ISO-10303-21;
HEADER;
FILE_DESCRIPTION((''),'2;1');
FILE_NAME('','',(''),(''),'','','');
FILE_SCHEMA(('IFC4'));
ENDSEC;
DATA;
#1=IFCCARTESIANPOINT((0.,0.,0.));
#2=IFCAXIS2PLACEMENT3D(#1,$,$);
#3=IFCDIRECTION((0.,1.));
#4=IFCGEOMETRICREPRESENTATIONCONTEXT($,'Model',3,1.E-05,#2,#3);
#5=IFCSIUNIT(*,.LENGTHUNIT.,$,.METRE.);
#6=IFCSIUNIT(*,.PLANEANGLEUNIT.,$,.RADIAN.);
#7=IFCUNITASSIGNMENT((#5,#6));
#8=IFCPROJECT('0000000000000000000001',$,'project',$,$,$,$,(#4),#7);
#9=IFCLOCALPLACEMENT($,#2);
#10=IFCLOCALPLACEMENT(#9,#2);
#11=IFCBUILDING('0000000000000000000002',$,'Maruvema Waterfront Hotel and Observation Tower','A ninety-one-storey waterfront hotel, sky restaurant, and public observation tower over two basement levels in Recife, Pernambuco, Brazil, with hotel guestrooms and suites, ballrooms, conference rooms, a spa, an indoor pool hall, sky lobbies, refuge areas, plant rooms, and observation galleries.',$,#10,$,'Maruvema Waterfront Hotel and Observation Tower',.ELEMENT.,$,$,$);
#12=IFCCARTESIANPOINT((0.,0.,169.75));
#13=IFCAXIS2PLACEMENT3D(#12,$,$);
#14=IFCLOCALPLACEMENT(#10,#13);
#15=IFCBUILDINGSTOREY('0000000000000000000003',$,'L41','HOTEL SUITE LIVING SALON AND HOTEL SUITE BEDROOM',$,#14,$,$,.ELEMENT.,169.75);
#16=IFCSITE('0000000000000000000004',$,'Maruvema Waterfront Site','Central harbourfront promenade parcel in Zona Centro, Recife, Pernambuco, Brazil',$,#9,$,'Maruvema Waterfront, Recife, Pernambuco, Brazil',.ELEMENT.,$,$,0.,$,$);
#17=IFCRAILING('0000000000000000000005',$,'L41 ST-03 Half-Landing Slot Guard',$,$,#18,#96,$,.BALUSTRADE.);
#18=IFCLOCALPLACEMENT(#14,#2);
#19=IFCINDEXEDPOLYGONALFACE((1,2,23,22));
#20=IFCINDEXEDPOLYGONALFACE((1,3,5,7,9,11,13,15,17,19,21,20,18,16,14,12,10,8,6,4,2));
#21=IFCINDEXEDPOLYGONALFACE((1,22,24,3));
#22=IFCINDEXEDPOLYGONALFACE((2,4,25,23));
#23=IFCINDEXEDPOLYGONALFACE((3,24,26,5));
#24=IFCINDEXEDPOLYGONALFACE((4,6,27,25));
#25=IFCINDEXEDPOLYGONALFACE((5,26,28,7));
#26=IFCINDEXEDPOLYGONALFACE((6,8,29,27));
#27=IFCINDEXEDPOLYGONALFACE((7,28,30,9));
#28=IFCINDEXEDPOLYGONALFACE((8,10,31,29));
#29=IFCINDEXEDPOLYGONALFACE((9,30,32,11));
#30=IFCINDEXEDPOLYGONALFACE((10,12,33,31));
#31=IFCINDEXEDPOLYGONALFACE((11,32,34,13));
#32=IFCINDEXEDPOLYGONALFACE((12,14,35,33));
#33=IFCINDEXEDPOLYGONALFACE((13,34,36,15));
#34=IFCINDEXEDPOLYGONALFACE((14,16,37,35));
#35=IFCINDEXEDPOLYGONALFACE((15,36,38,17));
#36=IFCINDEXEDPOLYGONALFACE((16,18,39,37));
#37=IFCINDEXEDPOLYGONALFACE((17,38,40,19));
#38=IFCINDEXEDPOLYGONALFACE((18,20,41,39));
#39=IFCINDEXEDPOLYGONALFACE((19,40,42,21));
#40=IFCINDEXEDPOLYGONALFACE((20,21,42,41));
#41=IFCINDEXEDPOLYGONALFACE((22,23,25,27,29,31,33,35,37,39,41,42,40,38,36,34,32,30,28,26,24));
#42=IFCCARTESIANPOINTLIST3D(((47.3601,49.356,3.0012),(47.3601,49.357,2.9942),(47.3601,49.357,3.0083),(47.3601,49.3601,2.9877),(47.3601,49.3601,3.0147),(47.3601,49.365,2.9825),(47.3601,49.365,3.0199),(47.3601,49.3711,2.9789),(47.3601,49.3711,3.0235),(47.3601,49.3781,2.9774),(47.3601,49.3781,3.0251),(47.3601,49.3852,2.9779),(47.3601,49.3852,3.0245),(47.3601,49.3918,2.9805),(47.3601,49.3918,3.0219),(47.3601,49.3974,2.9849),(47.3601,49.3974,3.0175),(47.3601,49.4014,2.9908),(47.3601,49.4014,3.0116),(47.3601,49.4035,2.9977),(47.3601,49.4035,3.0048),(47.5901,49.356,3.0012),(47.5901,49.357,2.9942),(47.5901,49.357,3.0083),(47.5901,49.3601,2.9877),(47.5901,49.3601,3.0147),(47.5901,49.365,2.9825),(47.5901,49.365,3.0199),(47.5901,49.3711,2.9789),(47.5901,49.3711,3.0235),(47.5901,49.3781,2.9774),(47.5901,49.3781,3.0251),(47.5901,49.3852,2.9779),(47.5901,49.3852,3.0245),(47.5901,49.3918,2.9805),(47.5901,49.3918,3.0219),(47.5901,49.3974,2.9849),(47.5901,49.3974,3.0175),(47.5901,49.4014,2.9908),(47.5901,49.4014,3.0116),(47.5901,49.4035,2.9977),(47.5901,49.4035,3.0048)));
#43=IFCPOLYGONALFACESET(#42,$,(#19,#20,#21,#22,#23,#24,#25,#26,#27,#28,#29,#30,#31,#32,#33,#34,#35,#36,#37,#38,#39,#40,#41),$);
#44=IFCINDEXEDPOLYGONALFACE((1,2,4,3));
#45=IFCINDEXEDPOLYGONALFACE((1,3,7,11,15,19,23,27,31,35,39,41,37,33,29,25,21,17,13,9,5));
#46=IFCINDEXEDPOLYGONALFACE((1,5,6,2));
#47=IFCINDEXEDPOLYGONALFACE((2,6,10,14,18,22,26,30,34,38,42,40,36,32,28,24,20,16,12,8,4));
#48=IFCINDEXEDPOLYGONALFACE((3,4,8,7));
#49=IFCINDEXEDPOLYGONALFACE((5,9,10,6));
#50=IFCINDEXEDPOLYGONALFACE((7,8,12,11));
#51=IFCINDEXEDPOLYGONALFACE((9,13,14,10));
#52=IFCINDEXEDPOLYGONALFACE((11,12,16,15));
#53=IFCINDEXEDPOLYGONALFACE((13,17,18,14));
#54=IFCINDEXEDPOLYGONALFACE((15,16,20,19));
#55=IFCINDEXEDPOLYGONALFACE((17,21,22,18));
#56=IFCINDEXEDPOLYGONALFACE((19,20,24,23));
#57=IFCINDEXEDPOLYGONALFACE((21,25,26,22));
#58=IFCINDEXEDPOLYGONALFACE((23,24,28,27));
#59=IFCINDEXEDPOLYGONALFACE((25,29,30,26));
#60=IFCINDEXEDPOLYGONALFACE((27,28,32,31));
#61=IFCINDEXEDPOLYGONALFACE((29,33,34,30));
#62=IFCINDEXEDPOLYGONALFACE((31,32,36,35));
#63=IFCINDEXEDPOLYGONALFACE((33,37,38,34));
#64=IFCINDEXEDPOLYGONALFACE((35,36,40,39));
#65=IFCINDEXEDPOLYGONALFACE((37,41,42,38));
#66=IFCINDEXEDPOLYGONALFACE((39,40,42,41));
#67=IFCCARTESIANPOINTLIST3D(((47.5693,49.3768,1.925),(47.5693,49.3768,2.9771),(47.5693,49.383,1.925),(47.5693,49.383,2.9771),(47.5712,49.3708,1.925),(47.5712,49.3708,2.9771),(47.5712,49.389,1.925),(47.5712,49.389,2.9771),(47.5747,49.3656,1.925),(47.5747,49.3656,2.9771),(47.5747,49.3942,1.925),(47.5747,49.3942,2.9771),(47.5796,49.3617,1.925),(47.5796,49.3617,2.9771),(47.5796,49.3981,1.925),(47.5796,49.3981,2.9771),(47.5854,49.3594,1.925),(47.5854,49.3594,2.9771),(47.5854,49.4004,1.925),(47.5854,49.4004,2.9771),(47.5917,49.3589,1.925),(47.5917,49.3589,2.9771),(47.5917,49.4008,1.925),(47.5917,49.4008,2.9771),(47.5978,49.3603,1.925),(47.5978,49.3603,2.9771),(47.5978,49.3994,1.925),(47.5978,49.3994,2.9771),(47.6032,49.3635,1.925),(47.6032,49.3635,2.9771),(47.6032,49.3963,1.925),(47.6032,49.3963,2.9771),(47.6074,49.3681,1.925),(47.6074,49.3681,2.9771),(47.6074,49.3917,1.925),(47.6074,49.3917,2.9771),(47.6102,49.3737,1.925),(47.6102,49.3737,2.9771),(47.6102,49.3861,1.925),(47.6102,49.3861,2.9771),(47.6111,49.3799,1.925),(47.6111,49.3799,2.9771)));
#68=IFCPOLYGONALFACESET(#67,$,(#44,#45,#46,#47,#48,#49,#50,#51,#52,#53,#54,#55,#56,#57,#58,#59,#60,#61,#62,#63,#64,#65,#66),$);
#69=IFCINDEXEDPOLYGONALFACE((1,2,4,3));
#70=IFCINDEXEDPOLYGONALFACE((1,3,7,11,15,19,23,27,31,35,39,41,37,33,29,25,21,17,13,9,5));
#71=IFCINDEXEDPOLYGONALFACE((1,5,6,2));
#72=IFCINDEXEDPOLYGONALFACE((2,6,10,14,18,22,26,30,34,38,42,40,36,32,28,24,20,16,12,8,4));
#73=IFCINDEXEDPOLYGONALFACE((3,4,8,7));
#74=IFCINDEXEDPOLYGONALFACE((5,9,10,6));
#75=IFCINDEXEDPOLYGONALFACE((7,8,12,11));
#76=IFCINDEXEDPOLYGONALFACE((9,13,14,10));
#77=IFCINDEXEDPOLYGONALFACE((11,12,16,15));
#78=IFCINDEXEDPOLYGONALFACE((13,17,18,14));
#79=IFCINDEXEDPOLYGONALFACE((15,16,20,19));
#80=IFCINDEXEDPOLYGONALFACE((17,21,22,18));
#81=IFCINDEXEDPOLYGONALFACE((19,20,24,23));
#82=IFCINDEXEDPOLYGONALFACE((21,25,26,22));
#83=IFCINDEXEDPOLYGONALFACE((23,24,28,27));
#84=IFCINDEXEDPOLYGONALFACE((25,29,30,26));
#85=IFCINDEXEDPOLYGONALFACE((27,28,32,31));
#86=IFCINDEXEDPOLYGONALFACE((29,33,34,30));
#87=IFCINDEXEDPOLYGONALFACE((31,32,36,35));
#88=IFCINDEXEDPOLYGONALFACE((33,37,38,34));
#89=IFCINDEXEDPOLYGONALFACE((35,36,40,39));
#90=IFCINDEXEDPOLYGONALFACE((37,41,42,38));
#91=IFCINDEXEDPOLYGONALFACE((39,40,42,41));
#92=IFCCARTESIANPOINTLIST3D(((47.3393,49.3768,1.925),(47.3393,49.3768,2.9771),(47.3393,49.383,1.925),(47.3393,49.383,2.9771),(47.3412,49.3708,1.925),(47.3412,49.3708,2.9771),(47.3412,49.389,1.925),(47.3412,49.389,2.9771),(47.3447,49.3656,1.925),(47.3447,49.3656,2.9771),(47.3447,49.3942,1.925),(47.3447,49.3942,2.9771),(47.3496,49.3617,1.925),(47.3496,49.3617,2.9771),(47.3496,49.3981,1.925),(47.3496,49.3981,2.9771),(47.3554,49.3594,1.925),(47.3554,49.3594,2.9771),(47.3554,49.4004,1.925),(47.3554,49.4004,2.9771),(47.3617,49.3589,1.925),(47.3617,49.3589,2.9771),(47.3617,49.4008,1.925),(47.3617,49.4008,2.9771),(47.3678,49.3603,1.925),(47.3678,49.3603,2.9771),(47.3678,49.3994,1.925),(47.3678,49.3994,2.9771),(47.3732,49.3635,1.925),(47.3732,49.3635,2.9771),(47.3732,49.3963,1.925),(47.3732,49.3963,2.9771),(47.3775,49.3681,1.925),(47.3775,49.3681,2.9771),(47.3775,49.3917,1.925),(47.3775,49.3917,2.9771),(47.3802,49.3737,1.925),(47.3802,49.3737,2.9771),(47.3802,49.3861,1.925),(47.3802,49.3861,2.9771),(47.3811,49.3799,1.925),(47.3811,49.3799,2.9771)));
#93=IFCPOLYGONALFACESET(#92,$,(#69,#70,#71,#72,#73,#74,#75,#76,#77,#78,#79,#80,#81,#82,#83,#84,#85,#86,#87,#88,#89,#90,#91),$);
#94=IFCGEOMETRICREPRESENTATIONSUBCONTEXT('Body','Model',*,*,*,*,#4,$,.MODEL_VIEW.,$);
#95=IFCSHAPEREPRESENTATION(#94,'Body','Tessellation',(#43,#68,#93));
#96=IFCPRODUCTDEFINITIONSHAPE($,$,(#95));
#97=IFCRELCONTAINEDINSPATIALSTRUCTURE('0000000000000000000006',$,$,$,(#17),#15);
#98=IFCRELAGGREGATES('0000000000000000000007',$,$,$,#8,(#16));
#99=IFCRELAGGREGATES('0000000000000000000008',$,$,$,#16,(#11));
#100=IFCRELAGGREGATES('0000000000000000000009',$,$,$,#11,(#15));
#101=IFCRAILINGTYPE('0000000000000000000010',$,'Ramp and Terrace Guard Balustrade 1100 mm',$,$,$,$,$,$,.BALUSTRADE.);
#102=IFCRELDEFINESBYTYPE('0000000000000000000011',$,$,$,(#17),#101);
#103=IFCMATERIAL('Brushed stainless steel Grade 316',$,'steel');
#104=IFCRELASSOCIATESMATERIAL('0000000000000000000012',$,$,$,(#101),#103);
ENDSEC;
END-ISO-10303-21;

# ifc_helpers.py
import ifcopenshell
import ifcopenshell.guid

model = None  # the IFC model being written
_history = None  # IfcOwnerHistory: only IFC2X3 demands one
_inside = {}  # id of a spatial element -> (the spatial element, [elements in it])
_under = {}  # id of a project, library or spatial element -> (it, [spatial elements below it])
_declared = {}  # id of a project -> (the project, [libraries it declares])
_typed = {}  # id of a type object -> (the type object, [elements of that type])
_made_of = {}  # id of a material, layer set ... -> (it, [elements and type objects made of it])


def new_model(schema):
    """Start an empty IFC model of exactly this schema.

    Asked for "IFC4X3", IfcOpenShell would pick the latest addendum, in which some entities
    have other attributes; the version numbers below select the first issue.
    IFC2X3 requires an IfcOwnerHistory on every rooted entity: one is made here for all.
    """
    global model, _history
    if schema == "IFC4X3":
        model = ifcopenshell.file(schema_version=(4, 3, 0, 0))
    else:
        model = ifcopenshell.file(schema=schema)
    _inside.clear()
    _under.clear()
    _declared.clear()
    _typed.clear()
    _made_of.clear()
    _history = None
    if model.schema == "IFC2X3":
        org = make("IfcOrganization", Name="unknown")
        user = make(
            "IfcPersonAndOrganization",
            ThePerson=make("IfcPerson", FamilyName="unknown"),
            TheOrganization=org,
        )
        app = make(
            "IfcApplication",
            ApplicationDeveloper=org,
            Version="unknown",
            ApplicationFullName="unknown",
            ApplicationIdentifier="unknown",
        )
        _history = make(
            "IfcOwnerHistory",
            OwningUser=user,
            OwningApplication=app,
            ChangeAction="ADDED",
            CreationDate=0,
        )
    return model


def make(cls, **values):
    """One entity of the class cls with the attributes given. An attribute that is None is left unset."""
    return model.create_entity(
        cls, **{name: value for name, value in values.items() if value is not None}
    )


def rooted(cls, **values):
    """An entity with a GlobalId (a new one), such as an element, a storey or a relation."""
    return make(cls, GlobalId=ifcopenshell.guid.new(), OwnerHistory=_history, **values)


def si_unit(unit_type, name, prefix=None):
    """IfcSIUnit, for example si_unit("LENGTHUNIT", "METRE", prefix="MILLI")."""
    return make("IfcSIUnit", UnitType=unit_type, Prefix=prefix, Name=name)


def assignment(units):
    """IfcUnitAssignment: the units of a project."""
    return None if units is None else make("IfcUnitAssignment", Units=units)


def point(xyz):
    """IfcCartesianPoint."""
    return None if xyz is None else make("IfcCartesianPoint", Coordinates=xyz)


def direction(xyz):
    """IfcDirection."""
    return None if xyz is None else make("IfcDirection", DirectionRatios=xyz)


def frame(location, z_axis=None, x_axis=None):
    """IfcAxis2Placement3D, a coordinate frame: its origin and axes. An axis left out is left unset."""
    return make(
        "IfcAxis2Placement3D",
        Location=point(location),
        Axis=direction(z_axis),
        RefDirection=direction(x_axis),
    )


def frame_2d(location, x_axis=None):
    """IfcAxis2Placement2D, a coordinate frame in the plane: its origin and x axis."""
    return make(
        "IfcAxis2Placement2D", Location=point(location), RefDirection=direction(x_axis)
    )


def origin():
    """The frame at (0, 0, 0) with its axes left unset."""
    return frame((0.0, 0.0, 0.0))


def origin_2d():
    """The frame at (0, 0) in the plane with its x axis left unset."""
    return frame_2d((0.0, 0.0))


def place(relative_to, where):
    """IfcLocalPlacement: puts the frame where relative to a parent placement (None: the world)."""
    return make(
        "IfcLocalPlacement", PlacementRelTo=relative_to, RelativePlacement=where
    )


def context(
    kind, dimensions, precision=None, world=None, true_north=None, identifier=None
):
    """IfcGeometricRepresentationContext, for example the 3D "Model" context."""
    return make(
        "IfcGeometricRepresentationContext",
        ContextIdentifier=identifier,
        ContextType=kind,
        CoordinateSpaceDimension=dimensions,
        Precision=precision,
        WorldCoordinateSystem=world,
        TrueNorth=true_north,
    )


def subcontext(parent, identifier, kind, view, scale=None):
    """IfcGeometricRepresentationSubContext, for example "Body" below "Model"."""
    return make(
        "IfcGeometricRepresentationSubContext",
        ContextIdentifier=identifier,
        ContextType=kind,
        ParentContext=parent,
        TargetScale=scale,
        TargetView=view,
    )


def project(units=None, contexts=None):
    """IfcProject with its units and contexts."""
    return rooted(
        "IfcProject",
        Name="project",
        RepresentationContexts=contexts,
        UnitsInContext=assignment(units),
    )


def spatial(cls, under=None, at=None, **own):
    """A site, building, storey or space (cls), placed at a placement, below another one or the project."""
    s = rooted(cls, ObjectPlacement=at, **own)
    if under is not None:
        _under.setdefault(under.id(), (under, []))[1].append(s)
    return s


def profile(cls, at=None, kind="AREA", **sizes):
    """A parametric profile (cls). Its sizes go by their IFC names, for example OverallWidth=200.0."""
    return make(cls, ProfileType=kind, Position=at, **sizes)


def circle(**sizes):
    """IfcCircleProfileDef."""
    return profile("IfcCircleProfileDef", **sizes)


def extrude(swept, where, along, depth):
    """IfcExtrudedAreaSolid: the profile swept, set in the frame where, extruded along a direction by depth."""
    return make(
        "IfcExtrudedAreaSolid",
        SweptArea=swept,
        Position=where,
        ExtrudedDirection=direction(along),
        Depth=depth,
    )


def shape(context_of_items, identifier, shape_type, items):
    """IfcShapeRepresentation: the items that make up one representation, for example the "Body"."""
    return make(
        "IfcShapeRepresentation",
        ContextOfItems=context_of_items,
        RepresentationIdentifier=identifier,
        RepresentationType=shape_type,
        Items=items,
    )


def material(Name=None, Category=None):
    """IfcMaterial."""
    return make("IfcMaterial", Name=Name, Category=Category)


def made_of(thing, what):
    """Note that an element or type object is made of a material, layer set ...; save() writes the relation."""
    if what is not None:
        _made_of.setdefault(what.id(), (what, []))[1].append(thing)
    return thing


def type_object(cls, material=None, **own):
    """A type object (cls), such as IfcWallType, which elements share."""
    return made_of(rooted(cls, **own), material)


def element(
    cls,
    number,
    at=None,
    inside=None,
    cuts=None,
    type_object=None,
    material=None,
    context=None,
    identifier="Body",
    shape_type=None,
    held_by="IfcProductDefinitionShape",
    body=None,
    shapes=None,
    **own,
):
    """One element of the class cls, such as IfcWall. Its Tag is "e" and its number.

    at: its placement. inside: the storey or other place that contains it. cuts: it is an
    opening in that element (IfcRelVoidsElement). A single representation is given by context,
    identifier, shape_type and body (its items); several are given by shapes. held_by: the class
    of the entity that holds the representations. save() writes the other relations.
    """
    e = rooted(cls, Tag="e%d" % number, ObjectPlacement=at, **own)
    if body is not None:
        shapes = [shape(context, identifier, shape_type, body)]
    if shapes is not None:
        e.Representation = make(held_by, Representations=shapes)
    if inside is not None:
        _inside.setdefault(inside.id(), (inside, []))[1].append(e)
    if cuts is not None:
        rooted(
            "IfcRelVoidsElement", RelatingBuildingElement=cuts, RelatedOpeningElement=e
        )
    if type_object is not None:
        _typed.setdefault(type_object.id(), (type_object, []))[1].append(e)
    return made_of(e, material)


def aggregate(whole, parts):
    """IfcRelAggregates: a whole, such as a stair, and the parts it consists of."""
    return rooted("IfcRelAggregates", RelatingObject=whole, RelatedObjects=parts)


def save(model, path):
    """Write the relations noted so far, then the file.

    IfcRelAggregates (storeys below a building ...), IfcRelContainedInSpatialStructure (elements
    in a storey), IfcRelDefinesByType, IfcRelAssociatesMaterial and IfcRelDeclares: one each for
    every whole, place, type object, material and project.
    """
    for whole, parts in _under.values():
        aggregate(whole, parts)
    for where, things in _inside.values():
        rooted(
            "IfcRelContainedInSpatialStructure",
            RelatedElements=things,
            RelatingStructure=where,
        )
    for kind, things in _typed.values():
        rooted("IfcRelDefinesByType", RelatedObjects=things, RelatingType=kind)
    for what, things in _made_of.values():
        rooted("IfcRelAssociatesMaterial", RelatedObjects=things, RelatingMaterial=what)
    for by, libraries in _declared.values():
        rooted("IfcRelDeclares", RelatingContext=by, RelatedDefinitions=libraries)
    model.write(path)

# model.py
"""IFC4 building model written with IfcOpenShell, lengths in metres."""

from ifc_helpers import new_model, si_unit, direction, frame, origin, origin_2d, place, context, subcontext, project, spatial, circle, extrude, material, type_object, element, save


model = new_model("IFC4")

# Units and contexts
model_context = context("Model", 3, precision=1e-05, world=origin(), true_north=direction((0.0, 1.0)))
body_context = subcontext(model_context, "Body", "Model", "MODEL_VIEW")
ifc_project = project(units=[si_unit("LENGTHUNIT", "METRE"), si_unit("PLANEANGLEUNIT", "RADIAN")], contexts=[model_context])

# Site, building, storey
site_placement = place(None, origin())
site = spatial("IfcSite", under=ifc_project, at=site_placement, Name="Maruvema Waterfront Site", Description="Central harbourfront promenade parcel in Zona Centro, Recife, Pernambuco, Brazil", LongName="Maruvema Waterfront, Recife, Pernambuco, Brazil", CompositionType="ELEMENT", RefElevation=0.0)
building_placement = place(site_placement, origin())
building = spatial("IfcBuilding", under=site, at=building_placement, Name="Maruvema Waterfront Hotel and Observation Tower", Description="A ninety-one-storey waterfront hotel, sky restaurant, and public observation tower over two basement levels in Recife, Pernambuco, Brazil, with hotel guestrooms and suites, ballrooms, conference rooms, a spa, an indoor pool hall, sky lobbies, refuge areas, plant rooms, and observation galleries.", LongName="Maruvema Waterfront Hotel and Observation Tower", CompositionType="ELEMENT")
storey_placement = place(building_placement, frame((0.0, 0.0, 169.75)))
storey = spatial("IfcBuildingStorey", under=building, at=storey_placement, Name="L41", Description="HOTEL SUITE LIVING SALON AND HOTEL SUITE BEDROOM", CompositionType="ELEMENT", Elevation=169.75)

# Railing
ifc_material_1 = material(Name="Brushed stainless steel Grade 316", Category="steel")
railing_type_1 = type_object("IfcRailingType", Name="Ramp and Terrace Guard Balustrade 1100 mm", PredefinedType="BALUSTRADE", material=ifc_material_1)
railing_1_placement = place(storey_placement, frame((47.5901, 49.3799, 1.925)))
element("IfcRailing", 1, at=railing_1_placement, inside=storey, type_object=railing_type_1, Name="L41 ST-03 Half-Landing Slot Guard", PredefinedType="BALUSTRADE", context=body_context, shape_type="SweptSolid", body=[
    extrude(circle(Radius=0.0239, at=origin_2d()), frame((0.0, 0.0, 1.0762), z_axis=(-1.0, 0.0, 0.0), x_axis=(0.0, -1.0, 0.0)), (0.0, 0.0, 1.0), 0.23),
    extrude(circle(Radius=0.021, at=origin_2d()), origin(), (0.0, 0.0, 1.0), 1.052),
    extrude(circle(Radius=0.021, at=origin_2d()), frame((-0.23, 0.0, 0.0)), (0.0, 0.0, 1.0), 1.052),
])

save(model, "model.ifc")
